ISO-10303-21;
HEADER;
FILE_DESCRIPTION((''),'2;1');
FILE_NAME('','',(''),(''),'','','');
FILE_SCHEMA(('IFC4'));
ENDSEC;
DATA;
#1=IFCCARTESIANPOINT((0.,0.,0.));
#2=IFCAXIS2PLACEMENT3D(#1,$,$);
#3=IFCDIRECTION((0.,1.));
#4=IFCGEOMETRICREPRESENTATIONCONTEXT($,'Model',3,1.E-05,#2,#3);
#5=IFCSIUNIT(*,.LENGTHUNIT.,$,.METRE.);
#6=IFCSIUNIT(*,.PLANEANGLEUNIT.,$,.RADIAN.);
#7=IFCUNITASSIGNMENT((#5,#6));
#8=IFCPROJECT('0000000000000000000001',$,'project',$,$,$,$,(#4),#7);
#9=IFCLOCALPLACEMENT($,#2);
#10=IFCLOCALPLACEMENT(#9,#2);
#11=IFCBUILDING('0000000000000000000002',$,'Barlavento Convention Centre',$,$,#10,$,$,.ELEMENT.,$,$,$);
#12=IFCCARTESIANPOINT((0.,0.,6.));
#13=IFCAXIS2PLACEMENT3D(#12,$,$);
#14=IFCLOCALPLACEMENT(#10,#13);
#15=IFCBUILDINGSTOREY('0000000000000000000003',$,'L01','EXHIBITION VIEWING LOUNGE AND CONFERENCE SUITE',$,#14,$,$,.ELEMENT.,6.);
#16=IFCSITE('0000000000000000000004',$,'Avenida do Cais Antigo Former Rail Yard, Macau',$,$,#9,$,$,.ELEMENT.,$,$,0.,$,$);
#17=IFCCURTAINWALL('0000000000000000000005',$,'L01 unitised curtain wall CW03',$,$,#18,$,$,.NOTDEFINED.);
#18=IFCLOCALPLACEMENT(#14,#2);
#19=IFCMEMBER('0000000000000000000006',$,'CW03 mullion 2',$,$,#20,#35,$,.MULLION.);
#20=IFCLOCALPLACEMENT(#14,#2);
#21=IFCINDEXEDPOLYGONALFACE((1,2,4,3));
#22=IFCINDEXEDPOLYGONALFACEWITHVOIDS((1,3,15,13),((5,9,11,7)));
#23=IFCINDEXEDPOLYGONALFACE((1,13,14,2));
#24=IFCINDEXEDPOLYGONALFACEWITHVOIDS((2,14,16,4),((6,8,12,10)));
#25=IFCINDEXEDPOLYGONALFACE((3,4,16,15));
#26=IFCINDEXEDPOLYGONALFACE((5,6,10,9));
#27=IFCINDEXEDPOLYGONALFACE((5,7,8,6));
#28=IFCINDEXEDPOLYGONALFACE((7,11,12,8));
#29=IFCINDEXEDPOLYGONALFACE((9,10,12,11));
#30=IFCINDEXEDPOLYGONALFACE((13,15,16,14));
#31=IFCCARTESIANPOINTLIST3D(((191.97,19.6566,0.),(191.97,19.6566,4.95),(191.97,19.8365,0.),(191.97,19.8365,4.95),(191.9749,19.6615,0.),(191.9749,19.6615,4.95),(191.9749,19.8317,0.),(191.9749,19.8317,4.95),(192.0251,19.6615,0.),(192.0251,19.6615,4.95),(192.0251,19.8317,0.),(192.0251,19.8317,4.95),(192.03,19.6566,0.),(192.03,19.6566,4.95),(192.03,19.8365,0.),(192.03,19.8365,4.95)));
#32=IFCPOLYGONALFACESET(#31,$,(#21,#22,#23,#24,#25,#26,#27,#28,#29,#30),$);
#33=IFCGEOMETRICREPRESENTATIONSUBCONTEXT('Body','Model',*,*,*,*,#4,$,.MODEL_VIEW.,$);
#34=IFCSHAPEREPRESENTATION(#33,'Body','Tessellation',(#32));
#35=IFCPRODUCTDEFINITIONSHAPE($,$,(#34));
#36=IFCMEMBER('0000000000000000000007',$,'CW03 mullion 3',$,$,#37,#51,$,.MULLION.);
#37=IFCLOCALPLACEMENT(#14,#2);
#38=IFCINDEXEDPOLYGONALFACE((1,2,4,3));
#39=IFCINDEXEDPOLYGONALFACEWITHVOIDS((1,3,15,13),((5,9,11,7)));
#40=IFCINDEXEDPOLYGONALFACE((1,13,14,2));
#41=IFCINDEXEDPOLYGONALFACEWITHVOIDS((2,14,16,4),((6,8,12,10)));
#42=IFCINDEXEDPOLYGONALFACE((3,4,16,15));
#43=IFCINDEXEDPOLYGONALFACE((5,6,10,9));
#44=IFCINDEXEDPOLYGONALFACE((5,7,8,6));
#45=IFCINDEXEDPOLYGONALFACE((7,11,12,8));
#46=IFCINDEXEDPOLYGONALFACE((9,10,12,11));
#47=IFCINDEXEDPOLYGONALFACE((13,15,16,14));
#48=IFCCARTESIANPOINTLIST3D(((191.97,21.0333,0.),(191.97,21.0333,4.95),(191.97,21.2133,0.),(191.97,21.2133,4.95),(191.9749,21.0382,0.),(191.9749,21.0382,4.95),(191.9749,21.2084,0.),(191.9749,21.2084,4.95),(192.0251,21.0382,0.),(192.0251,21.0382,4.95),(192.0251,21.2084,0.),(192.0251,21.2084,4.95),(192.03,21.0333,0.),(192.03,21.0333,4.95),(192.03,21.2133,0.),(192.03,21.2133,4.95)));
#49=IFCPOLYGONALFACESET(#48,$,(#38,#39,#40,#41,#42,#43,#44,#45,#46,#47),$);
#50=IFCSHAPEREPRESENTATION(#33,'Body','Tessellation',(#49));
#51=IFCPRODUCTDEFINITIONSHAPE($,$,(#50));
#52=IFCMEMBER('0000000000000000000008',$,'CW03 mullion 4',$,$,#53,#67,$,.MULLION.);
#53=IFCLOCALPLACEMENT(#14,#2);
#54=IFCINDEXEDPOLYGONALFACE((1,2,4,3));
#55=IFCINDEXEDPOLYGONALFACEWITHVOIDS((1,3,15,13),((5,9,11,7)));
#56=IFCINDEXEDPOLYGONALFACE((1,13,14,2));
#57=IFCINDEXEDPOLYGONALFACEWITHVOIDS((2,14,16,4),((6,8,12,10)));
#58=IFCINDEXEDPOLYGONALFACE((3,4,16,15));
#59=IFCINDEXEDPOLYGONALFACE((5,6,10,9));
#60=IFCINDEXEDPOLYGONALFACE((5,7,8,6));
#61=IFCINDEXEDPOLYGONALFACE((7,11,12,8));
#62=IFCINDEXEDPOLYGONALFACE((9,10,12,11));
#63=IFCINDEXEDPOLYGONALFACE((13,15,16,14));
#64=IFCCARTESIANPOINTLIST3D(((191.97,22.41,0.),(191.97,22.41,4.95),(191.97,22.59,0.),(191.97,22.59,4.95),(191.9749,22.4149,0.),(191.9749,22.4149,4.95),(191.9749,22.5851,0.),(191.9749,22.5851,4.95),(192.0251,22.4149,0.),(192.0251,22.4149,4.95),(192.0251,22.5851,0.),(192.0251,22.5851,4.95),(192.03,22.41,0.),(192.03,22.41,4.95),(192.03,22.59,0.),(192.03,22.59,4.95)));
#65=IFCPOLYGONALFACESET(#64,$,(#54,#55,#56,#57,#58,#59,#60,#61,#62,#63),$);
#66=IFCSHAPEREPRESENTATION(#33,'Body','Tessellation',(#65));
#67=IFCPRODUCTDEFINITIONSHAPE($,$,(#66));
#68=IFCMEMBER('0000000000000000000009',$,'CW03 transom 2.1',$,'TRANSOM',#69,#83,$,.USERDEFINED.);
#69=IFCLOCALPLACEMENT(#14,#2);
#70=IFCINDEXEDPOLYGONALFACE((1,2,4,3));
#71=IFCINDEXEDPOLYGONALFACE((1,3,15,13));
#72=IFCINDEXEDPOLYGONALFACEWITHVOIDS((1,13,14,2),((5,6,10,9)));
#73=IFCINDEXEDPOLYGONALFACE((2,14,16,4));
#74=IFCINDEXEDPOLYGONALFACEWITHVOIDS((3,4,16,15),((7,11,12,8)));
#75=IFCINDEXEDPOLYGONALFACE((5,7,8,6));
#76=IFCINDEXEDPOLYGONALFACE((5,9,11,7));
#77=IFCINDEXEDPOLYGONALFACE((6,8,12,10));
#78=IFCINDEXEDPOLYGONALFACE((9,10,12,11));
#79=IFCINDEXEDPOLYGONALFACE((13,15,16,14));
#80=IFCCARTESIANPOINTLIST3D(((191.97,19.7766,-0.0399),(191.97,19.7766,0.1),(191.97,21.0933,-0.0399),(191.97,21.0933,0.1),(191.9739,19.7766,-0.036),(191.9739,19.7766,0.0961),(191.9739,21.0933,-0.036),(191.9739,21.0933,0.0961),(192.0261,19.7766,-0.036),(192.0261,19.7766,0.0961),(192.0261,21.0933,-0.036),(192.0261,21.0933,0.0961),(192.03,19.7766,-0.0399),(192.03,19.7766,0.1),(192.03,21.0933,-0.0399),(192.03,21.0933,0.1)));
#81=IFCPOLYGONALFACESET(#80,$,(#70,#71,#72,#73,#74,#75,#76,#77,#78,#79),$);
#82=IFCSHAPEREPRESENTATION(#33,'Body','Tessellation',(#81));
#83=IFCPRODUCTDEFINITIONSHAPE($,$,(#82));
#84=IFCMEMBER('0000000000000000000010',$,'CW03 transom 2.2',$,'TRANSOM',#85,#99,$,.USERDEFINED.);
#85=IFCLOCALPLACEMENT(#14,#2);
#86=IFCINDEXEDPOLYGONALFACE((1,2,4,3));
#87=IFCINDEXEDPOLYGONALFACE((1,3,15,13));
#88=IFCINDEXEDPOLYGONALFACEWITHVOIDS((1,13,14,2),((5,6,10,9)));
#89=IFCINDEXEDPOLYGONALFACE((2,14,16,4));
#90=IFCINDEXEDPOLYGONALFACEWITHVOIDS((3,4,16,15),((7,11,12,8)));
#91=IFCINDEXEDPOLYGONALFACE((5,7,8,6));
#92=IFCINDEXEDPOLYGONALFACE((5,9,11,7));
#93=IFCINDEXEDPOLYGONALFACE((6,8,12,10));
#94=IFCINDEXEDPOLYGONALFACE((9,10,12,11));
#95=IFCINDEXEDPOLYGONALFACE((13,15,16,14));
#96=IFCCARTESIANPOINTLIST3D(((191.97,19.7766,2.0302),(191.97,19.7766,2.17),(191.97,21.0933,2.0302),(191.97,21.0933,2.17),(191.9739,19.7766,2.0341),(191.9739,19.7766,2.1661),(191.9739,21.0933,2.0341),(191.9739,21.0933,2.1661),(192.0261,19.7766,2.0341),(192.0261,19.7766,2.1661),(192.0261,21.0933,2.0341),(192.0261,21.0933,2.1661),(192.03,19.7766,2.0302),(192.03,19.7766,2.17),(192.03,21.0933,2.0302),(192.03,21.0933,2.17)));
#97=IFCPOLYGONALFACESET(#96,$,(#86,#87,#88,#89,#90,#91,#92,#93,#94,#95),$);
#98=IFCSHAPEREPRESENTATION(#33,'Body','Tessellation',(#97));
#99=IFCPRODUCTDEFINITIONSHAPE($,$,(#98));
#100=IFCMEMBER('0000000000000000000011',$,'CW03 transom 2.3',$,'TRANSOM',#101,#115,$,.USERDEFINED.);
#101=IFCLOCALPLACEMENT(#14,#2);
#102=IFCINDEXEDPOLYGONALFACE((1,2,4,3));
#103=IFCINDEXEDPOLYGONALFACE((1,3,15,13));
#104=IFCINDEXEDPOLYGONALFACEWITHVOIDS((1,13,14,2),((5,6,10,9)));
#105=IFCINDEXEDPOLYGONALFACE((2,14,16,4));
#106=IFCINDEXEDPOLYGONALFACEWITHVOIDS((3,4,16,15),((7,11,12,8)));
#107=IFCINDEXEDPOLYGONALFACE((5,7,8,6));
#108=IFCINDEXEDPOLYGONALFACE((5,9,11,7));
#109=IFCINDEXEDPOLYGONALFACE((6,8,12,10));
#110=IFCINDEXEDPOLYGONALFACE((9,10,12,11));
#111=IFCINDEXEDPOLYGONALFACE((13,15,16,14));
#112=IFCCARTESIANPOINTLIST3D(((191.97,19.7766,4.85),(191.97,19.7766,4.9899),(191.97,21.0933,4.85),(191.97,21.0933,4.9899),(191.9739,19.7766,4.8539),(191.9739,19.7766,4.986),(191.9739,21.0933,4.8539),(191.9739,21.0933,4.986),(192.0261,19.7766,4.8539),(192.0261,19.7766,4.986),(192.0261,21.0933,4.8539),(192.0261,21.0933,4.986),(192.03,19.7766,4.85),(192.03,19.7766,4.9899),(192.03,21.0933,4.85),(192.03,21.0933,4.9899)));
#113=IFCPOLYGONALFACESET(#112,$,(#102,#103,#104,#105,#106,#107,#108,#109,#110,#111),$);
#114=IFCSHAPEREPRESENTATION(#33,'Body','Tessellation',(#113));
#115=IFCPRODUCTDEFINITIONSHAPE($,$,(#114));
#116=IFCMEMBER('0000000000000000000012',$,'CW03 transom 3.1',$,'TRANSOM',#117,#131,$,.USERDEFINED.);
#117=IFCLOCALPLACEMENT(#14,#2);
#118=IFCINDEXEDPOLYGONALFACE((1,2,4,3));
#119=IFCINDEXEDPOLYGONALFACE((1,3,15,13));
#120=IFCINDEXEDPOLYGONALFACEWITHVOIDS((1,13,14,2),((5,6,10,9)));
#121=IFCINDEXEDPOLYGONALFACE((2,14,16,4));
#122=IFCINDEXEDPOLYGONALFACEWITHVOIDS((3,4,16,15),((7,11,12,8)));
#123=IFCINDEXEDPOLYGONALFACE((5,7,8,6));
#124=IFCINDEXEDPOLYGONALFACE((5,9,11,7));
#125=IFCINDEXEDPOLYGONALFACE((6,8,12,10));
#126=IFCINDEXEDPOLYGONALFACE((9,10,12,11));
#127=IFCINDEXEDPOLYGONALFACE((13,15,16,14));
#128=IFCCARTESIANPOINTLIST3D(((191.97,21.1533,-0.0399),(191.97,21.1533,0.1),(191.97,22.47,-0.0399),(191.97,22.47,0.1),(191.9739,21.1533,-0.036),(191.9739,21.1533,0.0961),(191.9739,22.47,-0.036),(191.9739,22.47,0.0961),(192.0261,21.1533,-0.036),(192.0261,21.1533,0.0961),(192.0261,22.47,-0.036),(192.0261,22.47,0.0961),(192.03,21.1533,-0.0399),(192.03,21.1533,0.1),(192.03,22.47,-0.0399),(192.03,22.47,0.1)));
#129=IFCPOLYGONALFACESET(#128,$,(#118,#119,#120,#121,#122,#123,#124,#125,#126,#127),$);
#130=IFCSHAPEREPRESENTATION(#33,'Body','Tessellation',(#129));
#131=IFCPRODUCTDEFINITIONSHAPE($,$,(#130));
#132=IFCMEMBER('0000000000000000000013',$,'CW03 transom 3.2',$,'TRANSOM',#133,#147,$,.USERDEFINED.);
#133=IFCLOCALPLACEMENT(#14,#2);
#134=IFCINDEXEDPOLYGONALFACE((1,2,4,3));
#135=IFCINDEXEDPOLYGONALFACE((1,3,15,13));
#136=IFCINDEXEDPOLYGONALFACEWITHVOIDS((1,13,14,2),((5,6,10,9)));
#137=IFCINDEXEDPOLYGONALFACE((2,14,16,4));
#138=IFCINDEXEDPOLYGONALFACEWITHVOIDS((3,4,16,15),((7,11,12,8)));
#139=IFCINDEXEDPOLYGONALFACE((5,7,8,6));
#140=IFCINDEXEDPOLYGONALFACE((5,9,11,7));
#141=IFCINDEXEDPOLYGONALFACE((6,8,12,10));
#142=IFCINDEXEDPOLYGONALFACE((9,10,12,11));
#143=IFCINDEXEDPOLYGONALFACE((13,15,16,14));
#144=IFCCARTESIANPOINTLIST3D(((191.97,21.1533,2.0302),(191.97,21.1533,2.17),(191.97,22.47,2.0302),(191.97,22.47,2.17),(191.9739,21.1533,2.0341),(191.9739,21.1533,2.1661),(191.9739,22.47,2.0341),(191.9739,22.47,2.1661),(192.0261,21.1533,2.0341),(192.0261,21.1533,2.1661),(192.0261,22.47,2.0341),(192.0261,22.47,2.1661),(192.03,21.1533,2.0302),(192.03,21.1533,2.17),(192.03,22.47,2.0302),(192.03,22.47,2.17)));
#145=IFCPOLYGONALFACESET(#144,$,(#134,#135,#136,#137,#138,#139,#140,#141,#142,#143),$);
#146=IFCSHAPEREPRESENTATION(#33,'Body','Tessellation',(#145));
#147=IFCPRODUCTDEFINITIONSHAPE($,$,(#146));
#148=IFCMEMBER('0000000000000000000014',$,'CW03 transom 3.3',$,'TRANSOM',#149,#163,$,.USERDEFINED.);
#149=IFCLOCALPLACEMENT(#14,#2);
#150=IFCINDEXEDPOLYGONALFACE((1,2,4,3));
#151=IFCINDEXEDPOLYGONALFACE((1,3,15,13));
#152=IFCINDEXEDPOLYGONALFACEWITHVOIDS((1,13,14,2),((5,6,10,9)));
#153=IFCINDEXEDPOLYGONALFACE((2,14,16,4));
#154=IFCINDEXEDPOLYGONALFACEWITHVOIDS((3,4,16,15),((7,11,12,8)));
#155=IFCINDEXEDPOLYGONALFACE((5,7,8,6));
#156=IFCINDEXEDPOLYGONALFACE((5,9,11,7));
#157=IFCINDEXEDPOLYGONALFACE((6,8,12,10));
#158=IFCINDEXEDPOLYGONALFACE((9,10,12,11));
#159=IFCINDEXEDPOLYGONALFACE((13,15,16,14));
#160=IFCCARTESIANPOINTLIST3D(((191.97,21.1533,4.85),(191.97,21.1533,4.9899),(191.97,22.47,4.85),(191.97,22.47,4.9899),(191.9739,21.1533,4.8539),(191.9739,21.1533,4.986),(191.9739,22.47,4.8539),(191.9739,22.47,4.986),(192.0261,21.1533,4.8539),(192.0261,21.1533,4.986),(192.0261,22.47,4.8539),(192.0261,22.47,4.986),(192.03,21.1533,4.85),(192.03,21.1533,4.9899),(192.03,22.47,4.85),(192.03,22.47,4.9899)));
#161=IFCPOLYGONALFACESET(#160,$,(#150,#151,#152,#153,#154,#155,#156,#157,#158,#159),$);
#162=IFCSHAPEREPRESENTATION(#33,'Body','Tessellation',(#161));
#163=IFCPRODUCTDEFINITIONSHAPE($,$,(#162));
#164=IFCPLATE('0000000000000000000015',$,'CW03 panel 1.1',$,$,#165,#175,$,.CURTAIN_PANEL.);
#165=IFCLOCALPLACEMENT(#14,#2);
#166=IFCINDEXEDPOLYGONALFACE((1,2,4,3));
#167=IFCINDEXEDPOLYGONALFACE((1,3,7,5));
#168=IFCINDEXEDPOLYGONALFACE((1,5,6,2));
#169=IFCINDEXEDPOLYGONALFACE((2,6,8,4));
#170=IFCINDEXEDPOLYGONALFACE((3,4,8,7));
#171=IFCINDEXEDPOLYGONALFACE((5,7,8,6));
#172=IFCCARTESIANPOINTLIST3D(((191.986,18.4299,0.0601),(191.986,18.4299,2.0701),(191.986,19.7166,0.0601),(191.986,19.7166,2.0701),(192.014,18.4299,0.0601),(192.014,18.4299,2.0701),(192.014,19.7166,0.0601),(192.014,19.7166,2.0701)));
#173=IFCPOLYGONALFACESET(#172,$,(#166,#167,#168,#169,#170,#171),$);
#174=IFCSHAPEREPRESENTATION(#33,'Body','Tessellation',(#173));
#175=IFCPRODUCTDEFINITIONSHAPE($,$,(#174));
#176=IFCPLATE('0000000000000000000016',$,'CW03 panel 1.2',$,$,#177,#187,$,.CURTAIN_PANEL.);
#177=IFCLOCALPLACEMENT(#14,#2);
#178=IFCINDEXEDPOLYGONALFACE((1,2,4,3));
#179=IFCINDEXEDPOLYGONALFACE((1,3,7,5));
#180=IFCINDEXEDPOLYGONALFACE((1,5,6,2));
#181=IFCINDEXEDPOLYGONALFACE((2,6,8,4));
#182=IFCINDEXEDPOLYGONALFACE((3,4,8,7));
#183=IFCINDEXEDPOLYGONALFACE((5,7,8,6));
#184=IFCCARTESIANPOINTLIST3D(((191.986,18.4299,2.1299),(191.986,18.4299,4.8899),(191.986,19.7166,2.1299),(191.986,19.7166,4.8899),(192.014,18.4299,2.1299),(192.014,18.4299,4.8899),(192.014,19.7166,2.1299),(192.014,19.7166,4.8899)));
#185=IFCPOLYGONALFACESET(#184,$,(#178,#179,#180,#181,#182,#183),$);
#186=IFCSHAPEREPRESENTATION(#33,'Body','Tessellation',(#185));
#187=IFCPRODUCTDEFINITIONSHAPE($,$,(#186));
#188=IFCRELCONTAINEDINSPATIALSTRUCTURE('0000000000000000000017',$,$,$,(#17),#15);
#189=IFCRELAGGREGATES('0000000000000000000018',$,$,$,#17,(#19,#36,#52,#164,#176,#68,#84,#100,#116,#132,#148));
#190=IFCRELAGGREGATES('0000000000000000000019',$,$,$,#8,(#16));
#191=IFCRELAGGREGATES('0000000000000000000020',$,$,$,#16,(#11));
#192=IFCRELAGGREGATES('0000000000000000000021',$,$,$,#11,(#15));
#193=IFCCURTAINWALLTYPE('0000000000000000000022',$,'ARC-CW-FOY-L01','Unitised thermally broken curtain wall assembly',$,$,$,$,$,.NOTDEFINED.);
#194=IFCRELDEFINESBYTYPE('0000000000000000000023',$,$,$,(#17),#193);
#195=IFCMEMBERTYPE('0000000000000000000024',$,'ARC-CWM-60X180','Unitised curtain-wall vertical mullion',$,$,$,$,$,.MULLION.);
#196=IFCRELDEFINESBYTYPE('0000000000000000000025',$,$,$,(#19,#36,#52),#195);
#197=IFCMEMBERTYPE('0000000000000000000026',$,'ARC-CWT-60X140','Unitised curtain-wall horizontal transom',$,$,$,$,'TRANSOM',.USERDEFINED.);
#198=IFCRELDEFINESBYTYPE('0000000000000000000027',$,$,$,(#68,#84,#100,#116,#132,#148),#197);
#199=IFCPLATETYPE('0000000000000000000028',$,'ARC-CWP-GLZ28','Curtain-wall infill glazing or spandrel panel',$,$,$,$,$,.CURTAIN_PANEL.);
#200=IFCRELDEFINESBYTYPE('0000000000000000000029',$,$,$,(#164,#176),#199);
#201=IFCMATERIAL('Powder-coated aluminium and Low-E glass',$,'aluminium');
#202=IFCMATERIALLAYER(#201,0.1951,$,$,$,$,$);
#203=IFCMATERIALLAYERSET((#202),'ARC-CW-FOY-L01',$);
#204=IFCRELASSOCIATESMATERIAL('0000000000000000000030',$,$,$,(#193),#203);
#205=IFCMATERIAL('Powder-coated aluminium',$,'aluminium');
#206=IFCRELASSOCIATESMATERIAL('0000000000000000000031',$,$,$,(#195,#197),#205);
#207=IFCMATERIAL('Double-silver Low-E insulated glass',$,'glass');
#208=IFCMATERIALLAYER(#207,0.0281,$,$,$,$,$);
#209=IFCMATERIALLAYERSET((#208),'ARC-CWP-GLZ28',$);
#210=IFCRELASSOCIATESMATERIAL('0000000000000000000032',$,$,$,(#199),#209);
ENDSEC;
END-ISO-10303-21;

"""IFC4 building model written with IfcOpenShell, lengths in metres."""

from ifc_helpers import new_model, si_unit, direction, frame, origin, origin_2d, place, context, subcontext, project, spatial, rectangle, hollow_rectangle, extrude, material, layer, layer_set, material_profile, profile_set, type_object, element, aggregate, save


model = new_model("IFC4")

# Units and contexts
model_context = context("Model", 3, precision=1e-05, world=origin(), true_north=direction((0.0, 1.0)))
body_context = subcontext(model_context, "Body", "Model", "MODEL_VIEW")
ifc_project = project(units=[si_unit("LENGTHUNIT", "METRE"), si_unit("PLANEANGLEUNIT", "RADIAN")], contexts=[model_context])

# Site, building, storey
site_placement = place(None, origin())
site = spatial("IfcSite", under=ifc_project, at=site_placement, Name="Avenida do Cais Antigo Former Rail Yard, Macau", CompositionType="ELEMENT", RefElevation=0.0)
building_placement = place(site_placement, origin())
building = spatial("IfcBuilding", under=site, at=building_placement, Name="Barlavento Convention Centre", CompositionType="ELEMENT")
storey_placement = place(building_placement, frame((0.0, 0.0, 6.0)))
storey = spatial("IfcBuildingStorey", under=building, at=storey_placement, Name="L01", Description="EXHIBITION VIEWING LOUNGE AND CONFERENCE SUITE", CompositionType="ELEMENT", Elevation=6.0)

# Curtain wall, members, plates
ifc_material_1 = material(Name="Powder-coated aluminium and Low-E glass", Category="aluminium")
ifc_layer_1 = layer(ifc_material_1, 0.1951)
ifc_layer_set_1 = layer_set([ifc_layer_1], Name="ARC-CW-FOY-L01")
curtain_wall_type = type_object("IfcCurtainWallType", Name="ARC-CW-FOY-L01", Description="Unitised thermally broken curtain wall assembly", PredefinedType="NOTDEFINED", material=ifc_layer_set_1)
curtain_wall_placement = place(storey_placement, origin())
curtain_wall = element("IfcCurtainWall", 1, at=curtain_wall_placement, inside=storey, type_object=curtain_wall_type, Name="L01 unitised curtain wall CW03", PredefinedType="NOTDEFINED")
ifc_material_2 = material(Name="Powder-coated aluminium", Category="aluminium")
ifc_material_profile_1 = material_profile(ifc_material_2, hollow_rectangle(XDim=0.0601, YDim=0.1799, WallThickness=0.0049, at=origin_2d()), Name="AL-MULL 60x180x5")
ifc_profile_set_1 = profile_set([ifc_material_profile_1], Name="Powder-coated aluminium")
member_type_1 = type_object("IfcMemberType", Name="ARC-CWM-60X180", Description="Unitised curtain-wall vertical mullion", PredefinedType="MULLION", material=ifc_profile_set_1)
member_1_placement = place(storey_placement, frame((192.0, 19.7466, 0.0), z_axis=(0.0, 0.0, 1.0), x_axis=(-1.0, 0.0, 0.0)))
member_1 = element("IfcMember", 2, at=member_1_placement, type_object=member_type_1, Name="CW03 mullion 2", PredefinedType="MULLION", context=body_context, shape_type="SweptSolid", body=[
    extrude(hollow_rectangle(XDim=0.0601, YDim=0.1799, WallThickness=0.0049, at=origin_2d()), origin(), (0.0, 0.0, 1.0), 4.95),
])
member_2_placement = place(storey_placement, frame((192.0, 21.1233, 0.0), z_axis=(0.0, 0.0, 1.0), x_axis=(-1.0, 0.0, 0.0)))
member_2 = element("IfcMember", 3, at=member_2_placement, type_object=member_type_1, Name="CW03 mullion 3", PredefinedType="MULLION", context=body_context, shape_type="SweptSolid", body=[
    extrude(hollow_rectangle(XDim=0.0601, YDim=0.1799, WallThickness=0.0049, at=origin_2d()), origin(), (0.0, 0.0, 1.0), 4.95),
])
member_3_placement = place(storey_placement, frame((192.0, 22.5, 0.0), z_axis=(0.0, 0.0, 1.0), x_axis=(-1.0, 0.0, 0.0)))
member_3 = element("IfcMember", 4, at=member_3_placement, type_object=member_type_1, Name="CW03 mullion 4", PredefinedType="MULLION", context=body_context, shape_type="SweptSolid", body=[
    extrude(hollow_rectangle(XDim=0.0601, YDim=0.1799, WallThickness=0.0049, at=origin_2d()), origin(), (0.0, 0.0, 1.0), 4.95),
])
ifc_material_profile_2 = material_profile(ifc_material_2, hollow_rectangle(XDim=0.0601, YDim=0.1399, WallThickness=0.0039, at=origin_2d()), Name="AL-TRAN 60x140x4")
ifc_profile_set_2 = profile_set([ifc_material_profile_2], Name="Powder-coated aluminium")
member_type_2 = type_object("IfcMemberType", Name="ARC-CWT-60X140", Description="Unitised curtain-wall horizontal transom", ElementType="TRANSOM", PredefinedType="USERDEFINED", material=ifc_profile_set_2)
member_4_placement = place(storey_placement, frame((192.0, 19.7766, 0.03), z_axis=(0.0, 1.0, 0.0), x_axis=(-1.0, 0.0, 0.0)))
member_4 = element("IfcMember", 5, at=member_4_placement, type_object=member_type_2, Name="CW03 transom 2.1", ObjectType="TRANSOM", PredefinedType="USERDEFINED", context=body_context, shape_type="SweptSolid", body=[
    extrude(hollow_rectangle(XDim=0.0601, YDim=0.1399, WallThickness=0.0039, at=origin_2d()), origin(), (0.0, 0.0, 1.0), 1.3167),
])
member_5_placement = place(storey_placement, frame((192.0, 19.7766, 2.1001), z_axis=(0.0, 1.0, 0.0), x_axis=(-1.0, 0.0, 0.0)))
member_5 = element("IfcMember", 6, at=member_5_placement, type_object=member_type_2, Name="CW03 transom 2.2", ObjectType="TRANSOM", PredefinedType="USERDEFINED", context=body_context, shape_type="SweptSolid", body=[
    extrude(hollow_rectangle(XDim=0.0601, YDim=0.1399, WallThickness=0.0039, at=origin_2d()), origin(), (0.0, 0.0, 1.0), 1.3167),
])
member_6_placement = place(storey_placement, frame((192.0, 19.7766, 4.9199), z_axis=(0.0, 1.0, 0.0), x_axis=(-1.0, 0.0, 0.0)))
member_6 = element("IfcMember", 7, at=member_6_placement, type_object=member_type_2, Name="CW03 transom 2.3", ObjectType="TRANSOM", PredefinedType="USERDEFINED", context=body_context, shape_type="SweptSolid", body=[
    extrude(hollow_rectangle(XDim=0.0601, YDim=0.1399, WallThickness=0.0039, at=origin_2d()), origin(), (0.0, 0.0, 1.0), 1.3167),
])
member_7_placement = place(storey_placement, frame((192.0, 21.1533, 0.03), z_axis=(0.0, 1.0, 0.0), x_axis=(-1.0, 0.0, 0.0)))
member_7 = element("IfcMember", 8, at=member_7_placement, type_object=member_type_2, Name="CW03 transom 3.1", ObjectType="TRANSOM", PredefinedType="USERDEFINED", context=body_context, shape_type="SweptSolid", body=[
    extrude(hollow_rectangle(XDim=0.0601, YDim=0.1399, WallThickness=0.0039, at=origin_2d()), origin(), (0.0, 0.0, 1.0), 1.3167),
])
member_8_placement = place(storey_placement, frame((192.0, 21.1533, 2.1001), z_axis=(0.0, 1.0, 0.0), x_axis=(-1.0, 0.0, 0.0)))
member_8 = element("IfcMember", 9, at=member_8_placement, type_object=member_type_2, Name="CW03 transom 3.2", ObjectType="TRANSOM", PredefinedType="USERDEFINED", context=body_context, shape_type="SweptSolid", body=[
    extrude(hollow_rectangle(XDim=0.0601, YDim=0.1399, WallThickness=0.0039, at=origin_2d()), origin(), (0.0, 0.0, 1.0), 1.3167),
])
member_9_placement = place(storey_placement, frame((192.0, 21.1533, 4.9199), z_axis=(0.0, 1.0, 0.0), x_axis=(-1.0, 0.0, 0.0)))
member_9 = element("IfcMember", 10, at=member_9_placement, type_object=member_type_2, Name="CW03 transom 3.3", ObjectType="TRANSOM", PredefinedType="USERDEFINED", context=body_context, shape_type="SweptSolid", body=[
    extrude(hollow_rectangle(XDim=0.0601, YDim=0.1399, WallThickness=0.0039, at=origin_2d()), origin(), (0.0, 0.0, 1.0), 1.3167),
])
ifc_material_3 = material(Name="Double-silver Low-E insulated glass", Category="glass")
ifc_layer_2 = layer(ifc_material_3, 0.0281)
ifc_layer_set_2 = layer_set([ifc_layer_2], Name="ARC-CWP-GLZ28")
plate_type = type_object("IfcPlateType", Name="ARC-CWP-GLZ28", Description="Curtain-wall infill glazing or spandrel panel", PredefinedType="CURTAIN_PANEL", material=ifc_layer_set_2)
plate_1_placement = place(storey_placement, frame((192.0, 19.0732, 0.0601), z_axis=(0.0, 0.0, 1.0), x_axis=(0.0, 1.0, 0.0)))
plate_1 = element("IfcPlate", 11, at=plate_1_placement, type_object=plate_type, Name="CW03 panel 1.1", PredefinedType="CURTAIN_PANEL", context=body_context, shape_type="SweptSolid", body=[
    extrude(rectangle(XDim=1.2866, YDim=0.0281, at=origin_2d()), origin(), (0.0, 0.0, 1.0), 2.01),
])
plate_2_placement = place(storey_placement, frame((192.0, 19.0732, 2.1299), z_axis=(0.0, 0.0, 1.0), x_axis=(0.0, 1.0, 0.0)))
plate_2 = element("IfcPlate", 12, at=plate_2_placement, type_object=plate_type, Name="CW03 panel 1.2", PredefinedType="CURTAIN_PANEL", context=body_context, shape_type="SweptSolid", body=[
    extrude(rectangle(XDim=1.2866, YDim=0.0281, at=origin_2d()), origin(), (0.0, 0.0, 1.0), 2.76),
])
aggregate(curtain_wall, [member_1, member_2, member_3, plate_1, plate_2, member_4, member_5, member_6, member_7, member_8, member_9])

save(model, "model.ifc")
